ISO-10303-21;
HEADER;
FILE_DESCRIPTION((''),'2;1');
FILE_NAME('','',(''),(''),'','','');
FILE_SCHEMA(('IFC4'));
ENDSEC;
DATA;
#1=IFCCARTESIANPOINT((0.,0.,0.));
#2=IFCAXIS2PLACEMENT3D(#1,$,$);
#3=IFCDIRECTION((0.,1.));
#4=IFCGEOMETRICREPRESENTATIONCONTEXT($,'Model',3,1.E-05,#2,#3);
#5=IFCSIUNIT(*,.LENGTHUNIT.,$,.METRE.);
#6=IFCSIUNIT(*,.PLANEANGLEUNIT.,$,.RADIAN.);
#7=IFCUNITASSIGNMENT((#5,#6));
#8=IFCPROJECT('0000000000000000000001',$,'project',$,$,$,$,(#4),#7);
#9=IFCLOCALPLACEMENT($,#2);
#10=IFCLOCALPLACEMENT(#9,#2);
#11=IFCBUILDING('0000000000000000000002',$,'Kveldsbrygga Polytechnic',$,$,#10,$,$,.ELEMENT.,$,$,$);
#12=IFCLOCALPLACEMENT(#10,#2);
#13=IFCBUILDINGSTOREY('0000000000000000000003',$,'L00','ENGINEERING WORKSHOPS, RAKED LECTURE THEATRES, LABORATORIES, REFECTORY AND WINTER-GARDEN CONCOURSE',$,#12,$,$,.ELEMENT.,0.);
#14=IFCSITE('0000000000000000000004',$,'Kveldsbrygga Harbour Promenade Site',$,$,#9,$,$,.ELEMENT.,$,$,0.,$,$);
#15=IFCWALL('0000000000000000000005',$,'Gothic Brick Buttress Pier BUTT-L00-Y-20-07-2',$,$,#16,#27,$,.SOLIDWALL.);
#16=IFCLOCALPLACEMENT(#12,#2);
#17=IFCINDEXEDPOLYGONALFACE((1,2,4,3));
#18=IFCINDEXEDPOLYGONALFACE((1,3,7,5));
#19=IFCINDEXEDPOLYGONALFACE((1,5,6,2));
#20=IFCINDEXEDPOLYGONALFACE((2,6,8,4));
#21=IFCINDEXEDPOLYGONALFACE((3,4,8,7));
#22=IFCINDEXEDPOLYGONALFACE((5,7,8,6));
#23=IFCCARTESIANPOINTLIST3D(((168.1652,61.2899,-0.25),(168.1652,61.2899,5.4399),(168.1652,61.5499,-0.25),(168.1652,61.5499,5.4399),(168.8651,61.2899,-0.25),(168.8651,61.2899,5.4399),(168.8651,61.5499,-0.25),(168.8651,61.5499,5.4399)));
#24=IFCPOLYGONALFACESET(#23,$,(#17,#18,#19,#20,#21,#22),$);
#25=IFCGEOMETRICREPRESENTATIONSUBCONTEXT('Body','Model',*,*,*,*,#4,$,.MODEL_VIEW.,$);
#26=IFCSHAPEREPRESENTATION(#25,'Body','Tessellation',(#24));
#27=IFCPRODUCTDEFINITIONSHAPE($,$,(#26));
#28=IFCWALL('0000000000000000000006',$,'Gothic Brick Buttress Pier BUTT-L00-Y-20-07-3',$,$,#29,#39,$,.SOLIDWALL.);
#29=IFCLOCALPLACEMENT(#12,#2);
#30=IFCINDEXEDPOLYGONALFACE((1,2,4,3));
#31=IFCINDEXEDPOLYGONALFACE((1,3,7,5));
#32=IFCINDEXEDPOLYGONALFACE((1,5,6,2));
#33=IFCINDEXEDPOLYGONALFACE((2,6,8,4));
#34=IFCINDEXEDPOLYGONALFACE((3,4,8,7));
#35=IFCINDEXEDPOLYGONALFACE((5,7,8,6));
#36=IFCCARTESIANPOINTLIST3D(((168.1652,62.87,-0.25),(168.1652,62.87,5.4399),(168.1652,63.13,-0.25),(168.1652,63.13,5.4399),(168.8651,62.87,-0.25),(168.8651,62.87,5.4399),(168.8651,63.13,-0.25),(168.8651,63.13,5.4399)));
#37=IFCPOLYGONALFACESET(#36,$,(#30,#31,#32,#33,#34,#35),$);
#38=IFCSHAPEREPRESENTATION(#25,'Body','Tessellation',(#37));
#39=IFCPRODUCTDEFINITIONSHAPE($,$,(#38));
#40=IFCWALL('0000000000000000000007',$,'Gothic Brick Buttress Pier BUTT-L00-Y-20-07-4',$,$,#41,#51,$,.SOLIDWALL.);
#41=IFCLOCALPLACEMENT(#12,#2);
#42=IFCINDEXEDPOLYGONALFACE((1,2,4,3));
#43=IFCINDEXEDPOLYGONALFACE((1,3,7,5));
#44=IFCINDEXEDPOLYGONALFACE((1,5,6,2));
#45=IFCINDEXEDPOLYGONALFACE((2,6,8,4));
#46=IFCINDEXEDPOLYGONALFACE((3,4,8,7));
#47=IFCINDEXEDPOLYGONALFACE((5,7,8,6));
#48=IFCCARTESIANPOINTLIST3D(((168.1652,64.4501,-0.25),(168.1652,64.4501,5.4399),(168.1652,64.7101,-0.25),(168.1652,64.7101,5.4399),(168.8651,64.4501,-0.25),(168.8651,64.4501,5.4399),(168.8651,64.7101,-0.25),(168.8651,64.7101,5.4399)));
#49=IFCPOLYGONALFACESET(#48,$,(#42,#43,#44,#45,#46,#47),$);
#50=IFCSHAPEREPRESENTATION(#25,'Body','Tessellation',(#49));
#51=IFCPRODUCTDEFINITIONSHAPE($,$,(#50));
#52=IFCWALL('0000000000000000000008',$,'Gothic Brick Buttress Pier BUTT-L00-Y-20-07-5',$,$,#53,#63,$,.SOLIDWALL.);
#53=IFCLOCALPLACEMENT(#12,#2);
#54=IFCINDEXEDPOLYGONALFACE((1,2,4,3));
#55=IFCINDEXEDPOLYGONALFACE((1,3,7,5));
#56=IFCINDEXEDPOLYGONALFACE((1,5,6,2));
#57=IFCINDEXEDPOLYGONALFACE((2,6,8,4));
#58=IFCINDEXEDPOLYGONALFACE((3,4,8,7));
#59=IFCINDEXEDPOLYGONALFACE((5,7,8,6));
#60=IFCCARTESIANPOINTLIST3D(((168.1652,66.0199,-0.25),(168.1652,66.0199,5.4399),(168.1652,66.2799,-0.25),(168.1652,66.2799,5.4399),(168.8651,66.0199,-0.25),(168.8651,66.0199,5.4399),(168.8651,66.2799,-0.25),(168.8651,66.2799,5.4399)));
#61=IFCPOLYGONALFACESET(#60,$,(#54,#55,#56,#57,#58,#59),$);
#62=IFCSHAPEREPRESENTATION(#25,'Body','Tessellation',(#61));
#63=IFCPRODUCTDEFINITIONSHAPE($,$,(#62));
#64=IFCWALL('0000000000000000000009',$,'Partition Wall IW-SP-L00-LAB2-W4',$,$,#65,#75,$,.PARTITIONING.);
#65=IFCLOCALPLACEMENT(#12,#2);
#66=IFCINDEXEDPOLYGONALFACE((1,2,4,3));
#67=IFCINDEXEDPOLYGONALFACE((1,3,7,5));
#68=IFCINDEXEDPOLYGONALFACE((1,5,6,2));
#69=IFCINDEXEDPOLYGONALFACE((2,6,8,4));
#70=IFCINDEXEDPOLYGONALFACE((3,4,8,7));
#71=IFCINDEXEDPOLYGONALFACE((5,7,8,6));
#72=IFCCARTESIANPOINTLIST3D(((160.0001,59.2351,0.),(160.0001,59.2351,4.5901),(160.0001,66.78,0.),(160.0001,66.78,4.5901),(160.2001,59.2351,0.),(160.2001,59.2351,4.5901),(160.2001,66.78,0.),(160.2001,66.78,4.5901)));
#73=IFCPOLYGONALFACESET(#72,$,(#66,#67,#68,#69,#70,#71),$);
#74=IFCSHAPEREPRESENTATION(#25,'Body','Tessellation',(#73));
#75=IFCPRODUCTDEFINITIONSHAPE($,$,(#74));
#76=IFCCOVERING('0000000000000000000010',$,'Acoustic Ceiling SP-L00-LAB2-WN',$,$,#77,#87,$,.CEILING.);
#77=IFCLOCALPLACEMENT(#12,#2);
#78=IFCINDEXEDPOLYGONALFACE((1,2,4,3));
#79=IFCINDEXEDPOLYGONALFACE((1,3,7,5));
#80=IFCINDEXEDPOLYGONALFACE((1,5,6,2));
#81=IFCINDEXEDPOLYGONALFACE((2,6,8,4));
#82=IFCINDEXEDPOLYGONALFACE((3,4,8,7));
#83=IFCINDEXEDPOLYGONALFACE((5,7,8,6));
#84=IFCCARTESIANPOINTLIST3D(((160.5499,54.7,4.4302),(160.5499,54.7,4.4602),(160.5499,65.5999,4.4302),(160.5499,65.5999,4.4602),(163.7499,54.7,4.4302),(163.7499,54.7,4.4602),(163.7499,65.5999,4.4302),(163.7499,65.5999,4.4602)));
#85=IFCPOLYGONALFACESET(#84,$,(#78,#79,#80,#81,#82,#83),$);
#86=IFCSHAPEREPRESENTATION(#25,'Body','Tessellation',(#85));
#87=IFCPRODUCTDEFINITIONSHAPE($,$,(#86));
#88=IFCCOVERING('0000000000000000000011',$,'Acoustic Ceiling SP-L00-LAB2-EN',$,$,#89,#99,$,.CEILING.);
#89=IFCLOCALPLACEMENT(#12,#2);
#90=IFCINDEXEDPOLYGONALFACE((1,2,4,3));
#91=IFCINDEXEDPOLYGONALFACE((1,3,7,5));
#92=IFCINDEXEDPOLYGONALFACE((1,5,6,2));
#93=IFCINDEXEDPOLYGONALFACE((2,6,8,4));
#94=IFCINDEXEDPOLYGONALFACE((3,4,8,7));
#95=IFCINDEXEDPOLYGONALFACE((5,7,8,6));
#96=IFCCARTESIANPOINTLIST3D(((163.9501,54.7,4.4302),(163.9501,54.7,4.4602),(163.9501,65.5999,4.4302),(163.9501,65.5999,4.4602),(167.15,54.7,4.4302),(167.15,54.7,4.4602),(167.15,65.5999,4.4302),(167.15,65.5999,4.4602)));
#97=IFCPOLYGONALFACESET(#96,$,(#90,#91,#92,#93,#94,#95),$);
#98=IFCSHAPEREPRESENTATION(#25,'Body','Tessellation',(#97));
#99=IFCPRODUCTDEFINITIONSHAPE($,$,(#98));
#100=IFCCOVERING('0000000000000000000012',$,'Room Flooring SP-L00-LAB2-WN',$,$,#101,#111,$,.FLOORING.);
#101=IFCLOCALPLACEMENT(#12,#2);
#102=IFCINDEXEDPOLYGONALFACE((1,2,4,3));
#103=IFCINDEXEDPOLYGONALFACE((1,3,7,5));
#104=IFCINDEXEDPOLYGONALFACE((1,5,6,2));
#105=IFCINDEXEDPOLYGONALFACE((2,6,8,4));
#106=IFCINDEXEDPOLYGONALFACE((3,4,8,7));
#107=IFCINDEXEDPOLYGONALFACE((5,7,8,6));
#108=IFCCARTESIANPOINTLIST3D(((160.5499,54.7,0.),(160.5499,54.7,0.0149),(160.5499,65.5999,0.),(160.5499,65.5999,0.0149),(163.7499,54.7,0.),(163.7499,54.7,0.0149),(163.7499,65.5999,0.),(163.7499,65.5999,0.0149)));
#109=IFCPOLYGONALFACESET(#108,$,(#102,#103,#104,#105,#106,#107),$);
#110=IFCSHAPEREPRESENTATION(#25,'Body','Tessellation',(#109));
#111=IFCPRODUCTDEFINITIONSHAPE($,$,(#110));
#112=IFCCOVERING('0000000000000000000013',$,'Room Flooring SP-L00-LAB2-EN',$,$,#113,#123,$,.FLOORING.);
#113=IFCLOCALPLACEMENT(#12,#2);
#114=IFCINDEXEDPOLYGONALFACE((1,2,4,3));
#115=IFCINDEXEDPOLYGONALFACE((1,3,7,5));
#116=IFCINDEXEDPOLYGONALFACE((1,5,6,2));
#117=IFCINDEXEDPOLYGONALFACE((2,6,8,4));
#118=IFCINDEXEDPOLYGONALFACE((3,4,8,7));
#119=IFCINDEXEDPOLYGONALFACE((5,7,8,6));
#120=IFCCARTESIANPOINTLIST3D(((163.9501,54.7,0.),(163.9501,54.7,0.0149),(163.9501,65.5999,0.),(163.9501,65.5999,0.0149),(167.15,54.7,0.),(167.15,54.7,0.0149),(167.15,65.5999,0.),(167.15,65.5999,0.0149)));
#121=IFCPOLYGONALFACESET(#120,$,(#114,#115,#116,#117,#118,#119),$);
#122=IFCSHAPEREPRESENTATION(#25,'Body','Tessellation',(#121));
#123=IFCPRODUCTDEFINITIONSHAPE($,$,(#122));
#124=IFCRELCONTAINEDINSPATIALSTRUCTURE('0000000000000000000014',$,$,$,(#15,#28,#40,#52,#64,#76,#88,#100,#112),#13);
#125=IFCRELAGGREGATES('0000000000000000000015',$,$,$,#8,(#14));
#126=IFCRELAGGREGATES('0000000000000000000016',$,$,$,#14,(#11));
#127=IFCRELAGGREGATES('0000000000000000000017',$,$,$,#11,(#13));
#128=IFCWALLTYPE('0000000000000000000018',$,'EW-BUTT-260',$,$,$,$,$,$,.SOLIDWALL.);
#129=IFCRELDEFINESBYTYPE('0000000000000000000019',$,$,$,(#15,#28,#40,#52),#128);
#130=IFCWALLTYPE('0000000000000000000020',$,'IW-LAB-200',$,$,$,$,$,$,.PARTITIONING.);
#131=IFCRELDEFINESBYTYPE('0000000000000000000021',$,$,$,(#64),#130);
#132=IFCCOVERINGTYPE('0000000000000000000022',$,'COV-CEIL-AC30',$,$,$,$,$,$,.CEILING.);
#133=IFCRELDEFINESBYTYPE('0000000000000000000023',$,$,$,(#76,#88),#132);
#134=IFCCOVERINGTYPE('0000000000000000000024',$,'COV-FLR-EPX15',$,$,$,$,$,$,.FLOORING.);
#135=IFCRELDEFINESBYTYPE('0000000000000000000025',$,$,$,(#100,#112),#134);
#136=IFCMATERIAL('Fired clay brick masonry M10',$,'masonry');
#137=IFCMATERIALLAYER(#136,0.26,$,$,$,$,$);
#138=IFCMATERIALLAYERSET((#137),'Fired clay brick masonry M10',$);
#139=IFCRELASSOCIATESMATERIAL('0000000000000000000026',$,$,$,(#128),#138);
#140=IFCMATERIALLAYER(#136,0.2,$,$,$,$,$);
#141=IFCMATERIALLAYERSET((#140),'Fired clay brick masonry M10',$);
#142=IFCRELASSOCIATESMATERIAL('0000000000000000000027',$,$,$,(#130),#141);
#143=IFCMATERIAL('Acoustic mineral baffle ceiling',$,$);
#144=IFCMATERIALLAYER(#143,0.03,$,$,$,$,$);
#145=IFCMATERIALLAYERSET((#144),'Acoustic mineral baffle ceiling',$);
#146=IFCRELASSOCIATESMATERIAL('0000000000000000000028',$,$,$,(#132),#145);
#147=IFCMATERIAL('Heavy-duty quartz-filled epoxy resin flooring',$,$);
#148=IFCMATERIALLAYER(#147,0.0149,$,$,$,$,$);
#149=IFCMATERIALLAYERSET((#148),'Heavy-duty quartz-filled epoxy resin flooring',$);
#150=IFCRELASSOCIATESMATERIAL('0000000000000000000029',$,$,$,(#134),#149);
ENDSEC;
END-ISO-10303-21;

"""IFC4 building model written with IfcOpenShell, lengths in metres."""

from ifc_helpers import new_model, si_unit, direction, frame, frame_2d, origin, origin_2d, place, context, subcontext, project, spatial, rectangle, extrude, material, layer, layer_set, type_object, element, save


model = new_model("IFC4")

# Units and contexts
model_context = context("Model", 3, precision=1e-05, world=origin(), true_north=direction((0.0, 1.0)))
body_context = subcontext(model_context, "Body", "Model", "MODEL_VIEW")
ifc_project = project(units=[si_unit("LENGTHUNIT", "METRE"), si_unit("PLANEANGLEUNIT", "RADIAN")], contexts=[model_context])

# Site, building, storey
site_placement = place(None, origin())
site = spatial("IfcSite", under=ifc_project, at=site_placement, Name="Kveldsbrygga Harbour Promenade Site", CompositionType="ELEMENT", RefElevation=0.0)
building_placement = place(site_placement, origin())
building = spatial("IfcBuilding", under=site, at=building_placement, Name="Kveldsbrygga Polytechnic", CompositionType="ELEMENT")
storey_placement = place(building_placement, origin())
storey = spatial("IfcBuildingStorey", under=building, at=storey_placement, Name="L00", Description="ENGINEERING WORKSHOPS, RAKED LECTURE THEATRES, LABORATORIES, REFECTORY AND WINTER-GARDEN CONCOURSE", CompositionType="ELEMENT", Elevation=0.0)

# Shared definitions
ifc_material_1 = material(Name="Fired clay brick masonry M10", Category="masonry")

# Walls
ifc_layer_1 = layer(ifc_material_1, 0.26)
ifc_layer_set_1 = layer_set([ifc_layer_1], Name="Fired clay brick masonry M10")
wall_type_1 = type_object("IfcWallType", Name="EW-BUTT-260", PredefinedType="SOLIDWALL", material=ifc_layer_set_1)
for number, where, z_axis, x_axis, name in (
    (1, (168.165, 61.4199, -0.25), (0.0, 0.0, 1.0), (1.0, 0.0, 0.0), "Gothic Brick Buttress Pier BUTT-L00-Y-20-07-2"),
    (2, (168.165, 63.0, -0.25), (0.0, 0.0, 1.0), (1.0, 0.0, 0.0), "Gothic Brick Buttress Pier BUTT-L00-Y-20-07-3"),
    (3, (168.165, 64.5801, -0.25), (0.0, 0.0, 1.0), (1.0, 0.0, 0.0), "Gothic Brick Buttress Pier BUTT-L00-Y-20-07-4"),
    (4, (168.165, 66.1499, -0.25), (0.0, 0.0, 1.0), (1.0, 0.0, 0.0), "Gothic Brick Buttress Pier BUTT-L00-Y-20-07-5"),
):
    element("IfcWall", number, at=place(storey_placement, frame(where, z_axis=z_axis, x_axis=x_axis)), inside=storey, type_object=wall_type_1, Name=name, PredefinedType="SOLIDWALL", context=body_context, shape_type="SweptSolid", body=[
        extrude(rectangle(XDim=0.7, YDim=0.26, at=frame_2d((0.3501, 0.0))), origin(), (0.0, 0.0, 1.0), 5.6899),
    ])
ifc_layer_2 = layer(ifc_material_1, 0.2)
ifc_layer_set_2 = layer_set([ifc_layer_2], Name="Fired clay brick masonry M10")
wall_type_2 = type_object("IfcWallType", Name="IW-LAB-200", PredefinedType="PARTITIONING", material=ifc_layer_set_2)
wall_1_placement = place(storey_placement, frame((160.1001, 59.2351, 0.0), z_axis=(0.0, 0.0, 1.0), x_axis=(0.0, 1.0, 0.0)))
element("IfcWall", 5, at=wall_1_placement, inside=storey, type_object=wall_type_2, Name="Partition Wall IW-SP-L00-LAB2-W4", PredefinedType="PARTITIONING", context=body_context, shape_type="SweptSolid", body=[
    extrude(rectangle(XDim=7.5449, YDim=0.2, at=frame_2d((3.7725, 0.0))), origin(), (0.0, 0.0, 1.0), 4.5901),
])

# Coverings
ifc_material_2 = material(Name="Acoustic mineral baffle ceiling")
ifc_layer_3 = layer(ifc_material_2, 0.03)
ifc_layer_set_3 = layer_set([ifc_layer_3], Name="Acoustic mineral baffle ceiling")
covering_type_1 = type_object("IfcCoveringType", Name="COV-CEIL-AC30", PredefinedType="CEILING", material=ifc_layer_set_3)
for number, where, z_axis, x_axis, name in (
    (6, (162.1499, 60.1499, 4.4302), (0.0, 0.0, 1.0), (1.0, 0.0, 0.0), "Acoustic Ceiling SP-L00-LAB2-WN"),
    (7, (165.55, 60.1499, 4.4302), (0.0, 0.0, 1.0), (1.0, 0.0, 0.0), "Acoustic Ceiling SP-L00-LAB2-EN"),
):
    element("IfcCovering", number, at=place(storey_placement, frame(where, z_axis=z_axis, x_axis=x_axis)), inside=storey, type_object=covering_type_1, Name=name, PredefinedType="CEILING", context=body_context, shape_type="SweptSolid", body=[
        extrude(rectangle(XDim=3.2, YDim=10.8999, at=origin_2d()), origin(), (0.0, 0.0, 1.0), 0.03),
    ])
ifc_material_3 = material(Name="Heavy-duty quartz-filled epoxy resin flooring")
ifc_layer_4 = layer(ifc_material_3, 0.0149)
ifc_layer_set_4 = layer_set([ifc_layer_4], Name="Heavy-duty quartz-filled epoxy resin flooring")
covering_type_2 = type_object("IfcCoveringType", Name="COV-FLR-EPX15", PredefinedType="FLOORING", material=ifc_layer_set_4)
for number, where, z_axis, x_axis, name in (
    (8, (162.1499, 60.1499, 0.0), (0.0, 0.0, 1.0), (1.0, 0.0, 0.0), "Room Flooring SP-L00-LAB2-WN"),
    (9, (165.55, 60.1499, 0.0), (0.0, 0.0, 1.0), (1.0, 0.0, 0.0), "Room Flooring SP-L00-LAB2-EN"),
):
    element("IfcCovering", number, at=place(storey_placement, frame(where, z_axis=z_axis, x_axis=x_axis)), inside=storey, type_object=covering_type_2, Name=name, PredefinedType="FLOORING", context=body_context, shape_type="SweptSolid", body=[
        extrude(rectangle(XDim=3.2, YDim=10.8999, at=origin_2d()), origin(), (0.0, 0.0, 1.0), 0.0149),
    ])

save(model, "model.ifc")
